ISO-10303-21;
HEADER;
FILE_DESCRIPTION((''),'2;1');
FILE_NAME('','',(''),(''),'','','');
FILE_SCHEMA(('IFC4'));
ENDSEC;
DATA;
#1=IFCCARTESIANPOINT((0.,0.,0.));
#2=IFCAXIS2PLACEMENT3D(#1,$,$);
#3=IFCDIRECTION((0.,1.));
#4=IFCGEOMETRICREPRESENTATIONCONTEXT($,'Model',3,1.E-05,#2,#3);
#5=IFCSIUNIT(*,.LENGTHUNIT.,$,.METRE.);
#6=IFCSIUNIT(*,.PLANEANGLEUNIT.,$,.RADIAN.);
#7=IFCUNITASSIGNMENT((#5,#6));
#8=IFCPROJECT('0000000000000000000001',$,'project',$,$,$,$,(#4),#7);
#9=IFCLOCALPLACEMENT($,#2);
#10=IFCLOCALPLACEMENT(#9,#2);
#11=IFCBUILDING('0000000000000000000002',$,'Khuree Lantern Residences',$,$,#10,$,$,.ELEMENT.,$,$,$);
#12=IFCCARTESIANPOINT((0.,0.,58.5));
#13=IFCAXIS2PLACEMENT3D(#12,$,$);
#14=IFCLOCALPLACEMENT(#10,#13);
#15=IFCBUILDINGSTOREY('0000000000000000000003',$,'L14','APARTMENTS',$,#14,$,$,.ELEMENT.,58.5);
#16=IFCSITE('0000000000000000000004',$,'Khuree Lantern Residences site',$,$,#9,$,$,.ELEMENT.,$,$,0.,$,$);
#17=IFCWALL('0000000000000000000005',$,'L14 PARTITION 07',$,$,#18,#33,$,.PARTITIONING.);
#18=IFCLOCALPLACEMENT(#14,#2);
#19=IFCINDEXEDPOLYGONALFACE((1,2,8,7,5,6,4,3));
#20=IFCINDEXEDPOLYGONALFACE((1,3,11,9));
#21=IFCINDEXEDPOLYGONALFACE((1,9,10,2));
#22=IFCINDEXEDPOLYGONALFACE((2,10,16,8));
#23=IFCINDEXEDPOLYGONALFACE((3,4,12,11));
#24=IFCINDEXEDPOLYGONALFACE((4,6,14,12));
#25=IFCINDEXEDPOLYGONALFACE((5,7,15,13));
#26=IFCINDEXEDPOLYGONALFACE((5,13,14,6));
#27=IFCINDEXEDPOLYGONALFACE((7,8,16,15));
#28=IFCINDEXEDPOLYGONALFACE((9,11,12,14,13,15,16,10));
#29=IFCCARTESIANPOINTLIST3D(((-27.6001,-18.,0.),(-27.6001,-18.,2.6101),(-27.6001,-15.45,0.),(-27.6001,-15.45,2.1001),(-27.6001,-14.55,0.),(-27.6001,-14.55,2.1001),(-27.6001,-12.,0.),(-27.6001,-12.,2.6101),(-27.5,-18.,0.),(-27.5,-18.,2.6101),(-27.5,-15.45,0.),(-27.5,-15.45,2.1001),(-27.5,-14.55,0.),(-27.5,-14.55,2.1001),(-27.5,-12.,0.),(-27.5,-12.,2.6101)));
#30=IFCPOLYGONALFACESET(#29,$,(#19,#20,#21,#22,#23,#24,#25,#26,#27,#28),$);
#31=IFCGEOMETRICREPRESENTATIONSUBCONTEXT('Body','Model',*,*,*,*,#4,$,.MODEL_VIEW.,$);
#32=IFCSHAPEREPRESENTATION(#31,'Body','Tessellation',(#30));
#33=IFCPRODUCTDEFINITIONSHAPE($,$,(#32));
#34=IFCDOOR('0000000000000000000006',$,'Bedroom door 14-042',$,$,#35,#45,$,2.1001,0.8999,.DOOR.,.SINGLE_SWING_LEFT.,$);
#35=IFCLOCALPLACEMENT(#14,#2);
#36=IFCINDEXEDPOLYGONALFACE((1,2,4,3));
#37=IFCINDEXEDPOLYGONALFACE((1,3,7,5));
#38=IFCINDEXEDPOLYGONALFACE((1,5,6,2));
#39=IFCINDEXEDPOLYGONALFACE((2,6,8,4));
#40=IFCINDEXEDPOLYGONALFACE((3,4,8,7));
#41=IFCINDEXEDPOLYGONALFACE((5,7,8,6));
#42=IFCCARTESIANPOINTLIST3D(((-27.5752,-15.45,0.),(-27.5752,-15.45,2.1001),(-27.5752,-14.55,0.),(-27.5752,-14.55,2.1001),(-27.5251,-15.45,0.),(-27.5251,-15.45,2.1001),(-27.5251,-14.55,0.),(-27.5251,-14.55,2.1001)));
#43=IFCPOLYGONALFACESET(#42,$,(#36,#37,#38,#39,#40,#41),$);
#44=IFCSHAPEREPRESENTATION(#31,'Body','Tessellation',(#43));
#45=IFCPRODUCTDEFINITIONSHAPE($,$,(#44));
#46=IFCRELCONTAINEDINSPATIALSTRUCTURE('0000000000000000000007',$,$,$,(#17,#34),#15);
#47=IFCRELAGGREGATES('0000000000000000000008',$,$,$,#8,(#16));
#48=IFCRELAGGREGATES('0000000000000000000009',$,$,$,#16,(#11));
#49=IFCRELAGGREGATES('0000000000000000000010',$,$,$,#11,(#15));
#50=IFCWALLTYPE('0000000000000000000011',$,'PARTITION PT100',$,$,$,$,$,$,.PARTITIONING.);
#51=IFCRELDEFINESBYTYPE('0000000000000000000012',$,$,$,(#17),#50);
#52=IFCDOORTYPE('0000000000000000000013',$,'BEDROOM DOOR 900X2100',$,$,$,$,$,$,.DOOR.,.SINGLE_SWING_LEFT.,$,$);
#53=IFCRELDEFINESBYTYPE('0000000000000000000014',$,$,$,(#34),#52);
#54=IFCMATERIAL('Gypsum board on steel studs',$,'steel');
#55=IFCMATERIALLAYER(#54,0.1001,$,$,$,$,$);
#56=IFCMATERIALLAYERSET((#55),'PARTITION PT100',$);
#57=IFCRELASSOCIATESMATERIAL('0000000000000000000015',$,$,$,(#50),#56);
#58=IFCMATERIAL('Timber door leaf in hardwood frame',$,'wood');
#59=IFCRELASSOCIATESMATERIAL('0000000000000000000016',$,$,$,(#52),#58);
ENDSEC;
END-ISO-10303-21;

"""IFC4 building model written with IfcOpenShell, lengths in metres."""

from ifc_helpers import new_model, si_unit, direction, frame, frame_2d, origin, place, context, subcontext, project, spatial, rectangle, extrude, material, layer, layer_set, type_object, element, fill, save


model = new_model("IFC4")

# Units and contexts
model_context = context("Model", 3, precision=1e-05, world=origin(), true_north=direction((0.0, 1.0)))
body_context = subcontext(model_context, "Body", "Model", "MODEL_VIEW")
ifc_project = project(units=[si_unit("LENGTHUNIT", "METRE"), si_unit("PLANEANGLEUNIT", "RADIAN")], contexts=[model_context])

# Site, building, storey
site_placement = place(None, origin())
site = spatial("IfcSite", under=ifc_project, at=site_placement, Name="Khuree Lantern Residences site", CompositionType="ELEMENT", RefElevation=0.0)
building_placement = place(site_placement, origin())
building = spatial("IfcBuilding", under=site, at=building_placement, Name="Khuree Lantern Residences", CompositionType="ELEMENT")
storey_placement = place(building_placement, frame((0.0, 0.0, 58.5)))
storey = spatial("IfcBuildingStorey", under=building, at=storey_placement, Name="L14", Description="APARTMENTS", CompositionType="ELEMENT", Elevation=58.5)

# Shared definitions
ifc_material_1 = material(Name="Gypsum board on steel studs", Category="steel")
ifc_layer_1 = layer(ifc_material_1, 0.1001)
ifc_layer_set_1 = layer_set([ifc_layer_1], Name="PARTITION PT100")
wall_type_1 = type_object("IfcWallType", Name="PARTITION PT100", PredefinedType="PARTITIONING", material=ifc_layer_set_1)

# Wall, opening, door
ifc_material_2 = material(Name="Timber door leaf in hardwood frame", Category="wood")
door_type = type_object("IfcDoorType", Name="BEDROOM DOOR 900X2100", OperationType="SINGLE_SWING_LEFT", PredefinedType="DOOR", material=ifc_material_2)
wall_1_placement = place(storey_placement, frame((-27.55, -12.0, 0.0), z_axis=(0.0, 0.0, 1.0), x_axis=(0.0, -1.0, 0.0)))
wall_1 = element("IfcWall", 1, at=wall_1_placement, inside=storey, type_object=wall_type_1, Name="L14 PARTITION 07", PredefinedType="PARTITIONING", context=body_context, shape_type="SweptSolid", body=[
    extrude(rectangle(XDim=6.0, YDim=0.1001, at=frame_2d((3.0, 0.0))), origin(), (0.0, 0.0, 1.0), 2.6101),
])
opening_1_placement = place(wall_1_placement, frame((2.55, 0.0, 0.0)))
opening_1 = element("IfcOpeningElement", 2, at=opening_1_placement, cuts=wall_1, PredefinedType="OPENING", context=body_context, shape_type="SweptSolid", body=[
    extrude(rectangle(XDim=0.8999, YDim=2.1001, at=frame_2d((0.45, 1.05))), frame((0.0, 0.0601, 0.0), z_axis=(0.0, -1.0, 0.0), x_axis=(1.0, 0.0, 0.0)), (0.0, 0.0, 1.0), 0.1201),
])
door_1_placement = place(opening_1_placement, origin())
door_1 = element("IfcDoor", 3, at=door_1_placement, inside=storey, type_object=door_type, Name="Bedroom door 14-042", OperationType="SINGLE_SWING_LEFT", OverallHeight=2.1001, OverallWidth=0.8999, PredefinedType="DOOR", context=body_context, shape_type="SweptSolid", body=[
    extrude(rectangle(XDim=0.8999, YDim=2.1001, at=frame_2d((0.45, 1.05))), frame((0.0, 0.0249, 0.0), z_axis=(0.0, -1.0, 0.0), x_axis=(1.0, 0.0, 0.0)), (0.0, 0.0, 1.0), 0.05),
])
fill(opening_1, door_1)

save(model, "model.ifc")
